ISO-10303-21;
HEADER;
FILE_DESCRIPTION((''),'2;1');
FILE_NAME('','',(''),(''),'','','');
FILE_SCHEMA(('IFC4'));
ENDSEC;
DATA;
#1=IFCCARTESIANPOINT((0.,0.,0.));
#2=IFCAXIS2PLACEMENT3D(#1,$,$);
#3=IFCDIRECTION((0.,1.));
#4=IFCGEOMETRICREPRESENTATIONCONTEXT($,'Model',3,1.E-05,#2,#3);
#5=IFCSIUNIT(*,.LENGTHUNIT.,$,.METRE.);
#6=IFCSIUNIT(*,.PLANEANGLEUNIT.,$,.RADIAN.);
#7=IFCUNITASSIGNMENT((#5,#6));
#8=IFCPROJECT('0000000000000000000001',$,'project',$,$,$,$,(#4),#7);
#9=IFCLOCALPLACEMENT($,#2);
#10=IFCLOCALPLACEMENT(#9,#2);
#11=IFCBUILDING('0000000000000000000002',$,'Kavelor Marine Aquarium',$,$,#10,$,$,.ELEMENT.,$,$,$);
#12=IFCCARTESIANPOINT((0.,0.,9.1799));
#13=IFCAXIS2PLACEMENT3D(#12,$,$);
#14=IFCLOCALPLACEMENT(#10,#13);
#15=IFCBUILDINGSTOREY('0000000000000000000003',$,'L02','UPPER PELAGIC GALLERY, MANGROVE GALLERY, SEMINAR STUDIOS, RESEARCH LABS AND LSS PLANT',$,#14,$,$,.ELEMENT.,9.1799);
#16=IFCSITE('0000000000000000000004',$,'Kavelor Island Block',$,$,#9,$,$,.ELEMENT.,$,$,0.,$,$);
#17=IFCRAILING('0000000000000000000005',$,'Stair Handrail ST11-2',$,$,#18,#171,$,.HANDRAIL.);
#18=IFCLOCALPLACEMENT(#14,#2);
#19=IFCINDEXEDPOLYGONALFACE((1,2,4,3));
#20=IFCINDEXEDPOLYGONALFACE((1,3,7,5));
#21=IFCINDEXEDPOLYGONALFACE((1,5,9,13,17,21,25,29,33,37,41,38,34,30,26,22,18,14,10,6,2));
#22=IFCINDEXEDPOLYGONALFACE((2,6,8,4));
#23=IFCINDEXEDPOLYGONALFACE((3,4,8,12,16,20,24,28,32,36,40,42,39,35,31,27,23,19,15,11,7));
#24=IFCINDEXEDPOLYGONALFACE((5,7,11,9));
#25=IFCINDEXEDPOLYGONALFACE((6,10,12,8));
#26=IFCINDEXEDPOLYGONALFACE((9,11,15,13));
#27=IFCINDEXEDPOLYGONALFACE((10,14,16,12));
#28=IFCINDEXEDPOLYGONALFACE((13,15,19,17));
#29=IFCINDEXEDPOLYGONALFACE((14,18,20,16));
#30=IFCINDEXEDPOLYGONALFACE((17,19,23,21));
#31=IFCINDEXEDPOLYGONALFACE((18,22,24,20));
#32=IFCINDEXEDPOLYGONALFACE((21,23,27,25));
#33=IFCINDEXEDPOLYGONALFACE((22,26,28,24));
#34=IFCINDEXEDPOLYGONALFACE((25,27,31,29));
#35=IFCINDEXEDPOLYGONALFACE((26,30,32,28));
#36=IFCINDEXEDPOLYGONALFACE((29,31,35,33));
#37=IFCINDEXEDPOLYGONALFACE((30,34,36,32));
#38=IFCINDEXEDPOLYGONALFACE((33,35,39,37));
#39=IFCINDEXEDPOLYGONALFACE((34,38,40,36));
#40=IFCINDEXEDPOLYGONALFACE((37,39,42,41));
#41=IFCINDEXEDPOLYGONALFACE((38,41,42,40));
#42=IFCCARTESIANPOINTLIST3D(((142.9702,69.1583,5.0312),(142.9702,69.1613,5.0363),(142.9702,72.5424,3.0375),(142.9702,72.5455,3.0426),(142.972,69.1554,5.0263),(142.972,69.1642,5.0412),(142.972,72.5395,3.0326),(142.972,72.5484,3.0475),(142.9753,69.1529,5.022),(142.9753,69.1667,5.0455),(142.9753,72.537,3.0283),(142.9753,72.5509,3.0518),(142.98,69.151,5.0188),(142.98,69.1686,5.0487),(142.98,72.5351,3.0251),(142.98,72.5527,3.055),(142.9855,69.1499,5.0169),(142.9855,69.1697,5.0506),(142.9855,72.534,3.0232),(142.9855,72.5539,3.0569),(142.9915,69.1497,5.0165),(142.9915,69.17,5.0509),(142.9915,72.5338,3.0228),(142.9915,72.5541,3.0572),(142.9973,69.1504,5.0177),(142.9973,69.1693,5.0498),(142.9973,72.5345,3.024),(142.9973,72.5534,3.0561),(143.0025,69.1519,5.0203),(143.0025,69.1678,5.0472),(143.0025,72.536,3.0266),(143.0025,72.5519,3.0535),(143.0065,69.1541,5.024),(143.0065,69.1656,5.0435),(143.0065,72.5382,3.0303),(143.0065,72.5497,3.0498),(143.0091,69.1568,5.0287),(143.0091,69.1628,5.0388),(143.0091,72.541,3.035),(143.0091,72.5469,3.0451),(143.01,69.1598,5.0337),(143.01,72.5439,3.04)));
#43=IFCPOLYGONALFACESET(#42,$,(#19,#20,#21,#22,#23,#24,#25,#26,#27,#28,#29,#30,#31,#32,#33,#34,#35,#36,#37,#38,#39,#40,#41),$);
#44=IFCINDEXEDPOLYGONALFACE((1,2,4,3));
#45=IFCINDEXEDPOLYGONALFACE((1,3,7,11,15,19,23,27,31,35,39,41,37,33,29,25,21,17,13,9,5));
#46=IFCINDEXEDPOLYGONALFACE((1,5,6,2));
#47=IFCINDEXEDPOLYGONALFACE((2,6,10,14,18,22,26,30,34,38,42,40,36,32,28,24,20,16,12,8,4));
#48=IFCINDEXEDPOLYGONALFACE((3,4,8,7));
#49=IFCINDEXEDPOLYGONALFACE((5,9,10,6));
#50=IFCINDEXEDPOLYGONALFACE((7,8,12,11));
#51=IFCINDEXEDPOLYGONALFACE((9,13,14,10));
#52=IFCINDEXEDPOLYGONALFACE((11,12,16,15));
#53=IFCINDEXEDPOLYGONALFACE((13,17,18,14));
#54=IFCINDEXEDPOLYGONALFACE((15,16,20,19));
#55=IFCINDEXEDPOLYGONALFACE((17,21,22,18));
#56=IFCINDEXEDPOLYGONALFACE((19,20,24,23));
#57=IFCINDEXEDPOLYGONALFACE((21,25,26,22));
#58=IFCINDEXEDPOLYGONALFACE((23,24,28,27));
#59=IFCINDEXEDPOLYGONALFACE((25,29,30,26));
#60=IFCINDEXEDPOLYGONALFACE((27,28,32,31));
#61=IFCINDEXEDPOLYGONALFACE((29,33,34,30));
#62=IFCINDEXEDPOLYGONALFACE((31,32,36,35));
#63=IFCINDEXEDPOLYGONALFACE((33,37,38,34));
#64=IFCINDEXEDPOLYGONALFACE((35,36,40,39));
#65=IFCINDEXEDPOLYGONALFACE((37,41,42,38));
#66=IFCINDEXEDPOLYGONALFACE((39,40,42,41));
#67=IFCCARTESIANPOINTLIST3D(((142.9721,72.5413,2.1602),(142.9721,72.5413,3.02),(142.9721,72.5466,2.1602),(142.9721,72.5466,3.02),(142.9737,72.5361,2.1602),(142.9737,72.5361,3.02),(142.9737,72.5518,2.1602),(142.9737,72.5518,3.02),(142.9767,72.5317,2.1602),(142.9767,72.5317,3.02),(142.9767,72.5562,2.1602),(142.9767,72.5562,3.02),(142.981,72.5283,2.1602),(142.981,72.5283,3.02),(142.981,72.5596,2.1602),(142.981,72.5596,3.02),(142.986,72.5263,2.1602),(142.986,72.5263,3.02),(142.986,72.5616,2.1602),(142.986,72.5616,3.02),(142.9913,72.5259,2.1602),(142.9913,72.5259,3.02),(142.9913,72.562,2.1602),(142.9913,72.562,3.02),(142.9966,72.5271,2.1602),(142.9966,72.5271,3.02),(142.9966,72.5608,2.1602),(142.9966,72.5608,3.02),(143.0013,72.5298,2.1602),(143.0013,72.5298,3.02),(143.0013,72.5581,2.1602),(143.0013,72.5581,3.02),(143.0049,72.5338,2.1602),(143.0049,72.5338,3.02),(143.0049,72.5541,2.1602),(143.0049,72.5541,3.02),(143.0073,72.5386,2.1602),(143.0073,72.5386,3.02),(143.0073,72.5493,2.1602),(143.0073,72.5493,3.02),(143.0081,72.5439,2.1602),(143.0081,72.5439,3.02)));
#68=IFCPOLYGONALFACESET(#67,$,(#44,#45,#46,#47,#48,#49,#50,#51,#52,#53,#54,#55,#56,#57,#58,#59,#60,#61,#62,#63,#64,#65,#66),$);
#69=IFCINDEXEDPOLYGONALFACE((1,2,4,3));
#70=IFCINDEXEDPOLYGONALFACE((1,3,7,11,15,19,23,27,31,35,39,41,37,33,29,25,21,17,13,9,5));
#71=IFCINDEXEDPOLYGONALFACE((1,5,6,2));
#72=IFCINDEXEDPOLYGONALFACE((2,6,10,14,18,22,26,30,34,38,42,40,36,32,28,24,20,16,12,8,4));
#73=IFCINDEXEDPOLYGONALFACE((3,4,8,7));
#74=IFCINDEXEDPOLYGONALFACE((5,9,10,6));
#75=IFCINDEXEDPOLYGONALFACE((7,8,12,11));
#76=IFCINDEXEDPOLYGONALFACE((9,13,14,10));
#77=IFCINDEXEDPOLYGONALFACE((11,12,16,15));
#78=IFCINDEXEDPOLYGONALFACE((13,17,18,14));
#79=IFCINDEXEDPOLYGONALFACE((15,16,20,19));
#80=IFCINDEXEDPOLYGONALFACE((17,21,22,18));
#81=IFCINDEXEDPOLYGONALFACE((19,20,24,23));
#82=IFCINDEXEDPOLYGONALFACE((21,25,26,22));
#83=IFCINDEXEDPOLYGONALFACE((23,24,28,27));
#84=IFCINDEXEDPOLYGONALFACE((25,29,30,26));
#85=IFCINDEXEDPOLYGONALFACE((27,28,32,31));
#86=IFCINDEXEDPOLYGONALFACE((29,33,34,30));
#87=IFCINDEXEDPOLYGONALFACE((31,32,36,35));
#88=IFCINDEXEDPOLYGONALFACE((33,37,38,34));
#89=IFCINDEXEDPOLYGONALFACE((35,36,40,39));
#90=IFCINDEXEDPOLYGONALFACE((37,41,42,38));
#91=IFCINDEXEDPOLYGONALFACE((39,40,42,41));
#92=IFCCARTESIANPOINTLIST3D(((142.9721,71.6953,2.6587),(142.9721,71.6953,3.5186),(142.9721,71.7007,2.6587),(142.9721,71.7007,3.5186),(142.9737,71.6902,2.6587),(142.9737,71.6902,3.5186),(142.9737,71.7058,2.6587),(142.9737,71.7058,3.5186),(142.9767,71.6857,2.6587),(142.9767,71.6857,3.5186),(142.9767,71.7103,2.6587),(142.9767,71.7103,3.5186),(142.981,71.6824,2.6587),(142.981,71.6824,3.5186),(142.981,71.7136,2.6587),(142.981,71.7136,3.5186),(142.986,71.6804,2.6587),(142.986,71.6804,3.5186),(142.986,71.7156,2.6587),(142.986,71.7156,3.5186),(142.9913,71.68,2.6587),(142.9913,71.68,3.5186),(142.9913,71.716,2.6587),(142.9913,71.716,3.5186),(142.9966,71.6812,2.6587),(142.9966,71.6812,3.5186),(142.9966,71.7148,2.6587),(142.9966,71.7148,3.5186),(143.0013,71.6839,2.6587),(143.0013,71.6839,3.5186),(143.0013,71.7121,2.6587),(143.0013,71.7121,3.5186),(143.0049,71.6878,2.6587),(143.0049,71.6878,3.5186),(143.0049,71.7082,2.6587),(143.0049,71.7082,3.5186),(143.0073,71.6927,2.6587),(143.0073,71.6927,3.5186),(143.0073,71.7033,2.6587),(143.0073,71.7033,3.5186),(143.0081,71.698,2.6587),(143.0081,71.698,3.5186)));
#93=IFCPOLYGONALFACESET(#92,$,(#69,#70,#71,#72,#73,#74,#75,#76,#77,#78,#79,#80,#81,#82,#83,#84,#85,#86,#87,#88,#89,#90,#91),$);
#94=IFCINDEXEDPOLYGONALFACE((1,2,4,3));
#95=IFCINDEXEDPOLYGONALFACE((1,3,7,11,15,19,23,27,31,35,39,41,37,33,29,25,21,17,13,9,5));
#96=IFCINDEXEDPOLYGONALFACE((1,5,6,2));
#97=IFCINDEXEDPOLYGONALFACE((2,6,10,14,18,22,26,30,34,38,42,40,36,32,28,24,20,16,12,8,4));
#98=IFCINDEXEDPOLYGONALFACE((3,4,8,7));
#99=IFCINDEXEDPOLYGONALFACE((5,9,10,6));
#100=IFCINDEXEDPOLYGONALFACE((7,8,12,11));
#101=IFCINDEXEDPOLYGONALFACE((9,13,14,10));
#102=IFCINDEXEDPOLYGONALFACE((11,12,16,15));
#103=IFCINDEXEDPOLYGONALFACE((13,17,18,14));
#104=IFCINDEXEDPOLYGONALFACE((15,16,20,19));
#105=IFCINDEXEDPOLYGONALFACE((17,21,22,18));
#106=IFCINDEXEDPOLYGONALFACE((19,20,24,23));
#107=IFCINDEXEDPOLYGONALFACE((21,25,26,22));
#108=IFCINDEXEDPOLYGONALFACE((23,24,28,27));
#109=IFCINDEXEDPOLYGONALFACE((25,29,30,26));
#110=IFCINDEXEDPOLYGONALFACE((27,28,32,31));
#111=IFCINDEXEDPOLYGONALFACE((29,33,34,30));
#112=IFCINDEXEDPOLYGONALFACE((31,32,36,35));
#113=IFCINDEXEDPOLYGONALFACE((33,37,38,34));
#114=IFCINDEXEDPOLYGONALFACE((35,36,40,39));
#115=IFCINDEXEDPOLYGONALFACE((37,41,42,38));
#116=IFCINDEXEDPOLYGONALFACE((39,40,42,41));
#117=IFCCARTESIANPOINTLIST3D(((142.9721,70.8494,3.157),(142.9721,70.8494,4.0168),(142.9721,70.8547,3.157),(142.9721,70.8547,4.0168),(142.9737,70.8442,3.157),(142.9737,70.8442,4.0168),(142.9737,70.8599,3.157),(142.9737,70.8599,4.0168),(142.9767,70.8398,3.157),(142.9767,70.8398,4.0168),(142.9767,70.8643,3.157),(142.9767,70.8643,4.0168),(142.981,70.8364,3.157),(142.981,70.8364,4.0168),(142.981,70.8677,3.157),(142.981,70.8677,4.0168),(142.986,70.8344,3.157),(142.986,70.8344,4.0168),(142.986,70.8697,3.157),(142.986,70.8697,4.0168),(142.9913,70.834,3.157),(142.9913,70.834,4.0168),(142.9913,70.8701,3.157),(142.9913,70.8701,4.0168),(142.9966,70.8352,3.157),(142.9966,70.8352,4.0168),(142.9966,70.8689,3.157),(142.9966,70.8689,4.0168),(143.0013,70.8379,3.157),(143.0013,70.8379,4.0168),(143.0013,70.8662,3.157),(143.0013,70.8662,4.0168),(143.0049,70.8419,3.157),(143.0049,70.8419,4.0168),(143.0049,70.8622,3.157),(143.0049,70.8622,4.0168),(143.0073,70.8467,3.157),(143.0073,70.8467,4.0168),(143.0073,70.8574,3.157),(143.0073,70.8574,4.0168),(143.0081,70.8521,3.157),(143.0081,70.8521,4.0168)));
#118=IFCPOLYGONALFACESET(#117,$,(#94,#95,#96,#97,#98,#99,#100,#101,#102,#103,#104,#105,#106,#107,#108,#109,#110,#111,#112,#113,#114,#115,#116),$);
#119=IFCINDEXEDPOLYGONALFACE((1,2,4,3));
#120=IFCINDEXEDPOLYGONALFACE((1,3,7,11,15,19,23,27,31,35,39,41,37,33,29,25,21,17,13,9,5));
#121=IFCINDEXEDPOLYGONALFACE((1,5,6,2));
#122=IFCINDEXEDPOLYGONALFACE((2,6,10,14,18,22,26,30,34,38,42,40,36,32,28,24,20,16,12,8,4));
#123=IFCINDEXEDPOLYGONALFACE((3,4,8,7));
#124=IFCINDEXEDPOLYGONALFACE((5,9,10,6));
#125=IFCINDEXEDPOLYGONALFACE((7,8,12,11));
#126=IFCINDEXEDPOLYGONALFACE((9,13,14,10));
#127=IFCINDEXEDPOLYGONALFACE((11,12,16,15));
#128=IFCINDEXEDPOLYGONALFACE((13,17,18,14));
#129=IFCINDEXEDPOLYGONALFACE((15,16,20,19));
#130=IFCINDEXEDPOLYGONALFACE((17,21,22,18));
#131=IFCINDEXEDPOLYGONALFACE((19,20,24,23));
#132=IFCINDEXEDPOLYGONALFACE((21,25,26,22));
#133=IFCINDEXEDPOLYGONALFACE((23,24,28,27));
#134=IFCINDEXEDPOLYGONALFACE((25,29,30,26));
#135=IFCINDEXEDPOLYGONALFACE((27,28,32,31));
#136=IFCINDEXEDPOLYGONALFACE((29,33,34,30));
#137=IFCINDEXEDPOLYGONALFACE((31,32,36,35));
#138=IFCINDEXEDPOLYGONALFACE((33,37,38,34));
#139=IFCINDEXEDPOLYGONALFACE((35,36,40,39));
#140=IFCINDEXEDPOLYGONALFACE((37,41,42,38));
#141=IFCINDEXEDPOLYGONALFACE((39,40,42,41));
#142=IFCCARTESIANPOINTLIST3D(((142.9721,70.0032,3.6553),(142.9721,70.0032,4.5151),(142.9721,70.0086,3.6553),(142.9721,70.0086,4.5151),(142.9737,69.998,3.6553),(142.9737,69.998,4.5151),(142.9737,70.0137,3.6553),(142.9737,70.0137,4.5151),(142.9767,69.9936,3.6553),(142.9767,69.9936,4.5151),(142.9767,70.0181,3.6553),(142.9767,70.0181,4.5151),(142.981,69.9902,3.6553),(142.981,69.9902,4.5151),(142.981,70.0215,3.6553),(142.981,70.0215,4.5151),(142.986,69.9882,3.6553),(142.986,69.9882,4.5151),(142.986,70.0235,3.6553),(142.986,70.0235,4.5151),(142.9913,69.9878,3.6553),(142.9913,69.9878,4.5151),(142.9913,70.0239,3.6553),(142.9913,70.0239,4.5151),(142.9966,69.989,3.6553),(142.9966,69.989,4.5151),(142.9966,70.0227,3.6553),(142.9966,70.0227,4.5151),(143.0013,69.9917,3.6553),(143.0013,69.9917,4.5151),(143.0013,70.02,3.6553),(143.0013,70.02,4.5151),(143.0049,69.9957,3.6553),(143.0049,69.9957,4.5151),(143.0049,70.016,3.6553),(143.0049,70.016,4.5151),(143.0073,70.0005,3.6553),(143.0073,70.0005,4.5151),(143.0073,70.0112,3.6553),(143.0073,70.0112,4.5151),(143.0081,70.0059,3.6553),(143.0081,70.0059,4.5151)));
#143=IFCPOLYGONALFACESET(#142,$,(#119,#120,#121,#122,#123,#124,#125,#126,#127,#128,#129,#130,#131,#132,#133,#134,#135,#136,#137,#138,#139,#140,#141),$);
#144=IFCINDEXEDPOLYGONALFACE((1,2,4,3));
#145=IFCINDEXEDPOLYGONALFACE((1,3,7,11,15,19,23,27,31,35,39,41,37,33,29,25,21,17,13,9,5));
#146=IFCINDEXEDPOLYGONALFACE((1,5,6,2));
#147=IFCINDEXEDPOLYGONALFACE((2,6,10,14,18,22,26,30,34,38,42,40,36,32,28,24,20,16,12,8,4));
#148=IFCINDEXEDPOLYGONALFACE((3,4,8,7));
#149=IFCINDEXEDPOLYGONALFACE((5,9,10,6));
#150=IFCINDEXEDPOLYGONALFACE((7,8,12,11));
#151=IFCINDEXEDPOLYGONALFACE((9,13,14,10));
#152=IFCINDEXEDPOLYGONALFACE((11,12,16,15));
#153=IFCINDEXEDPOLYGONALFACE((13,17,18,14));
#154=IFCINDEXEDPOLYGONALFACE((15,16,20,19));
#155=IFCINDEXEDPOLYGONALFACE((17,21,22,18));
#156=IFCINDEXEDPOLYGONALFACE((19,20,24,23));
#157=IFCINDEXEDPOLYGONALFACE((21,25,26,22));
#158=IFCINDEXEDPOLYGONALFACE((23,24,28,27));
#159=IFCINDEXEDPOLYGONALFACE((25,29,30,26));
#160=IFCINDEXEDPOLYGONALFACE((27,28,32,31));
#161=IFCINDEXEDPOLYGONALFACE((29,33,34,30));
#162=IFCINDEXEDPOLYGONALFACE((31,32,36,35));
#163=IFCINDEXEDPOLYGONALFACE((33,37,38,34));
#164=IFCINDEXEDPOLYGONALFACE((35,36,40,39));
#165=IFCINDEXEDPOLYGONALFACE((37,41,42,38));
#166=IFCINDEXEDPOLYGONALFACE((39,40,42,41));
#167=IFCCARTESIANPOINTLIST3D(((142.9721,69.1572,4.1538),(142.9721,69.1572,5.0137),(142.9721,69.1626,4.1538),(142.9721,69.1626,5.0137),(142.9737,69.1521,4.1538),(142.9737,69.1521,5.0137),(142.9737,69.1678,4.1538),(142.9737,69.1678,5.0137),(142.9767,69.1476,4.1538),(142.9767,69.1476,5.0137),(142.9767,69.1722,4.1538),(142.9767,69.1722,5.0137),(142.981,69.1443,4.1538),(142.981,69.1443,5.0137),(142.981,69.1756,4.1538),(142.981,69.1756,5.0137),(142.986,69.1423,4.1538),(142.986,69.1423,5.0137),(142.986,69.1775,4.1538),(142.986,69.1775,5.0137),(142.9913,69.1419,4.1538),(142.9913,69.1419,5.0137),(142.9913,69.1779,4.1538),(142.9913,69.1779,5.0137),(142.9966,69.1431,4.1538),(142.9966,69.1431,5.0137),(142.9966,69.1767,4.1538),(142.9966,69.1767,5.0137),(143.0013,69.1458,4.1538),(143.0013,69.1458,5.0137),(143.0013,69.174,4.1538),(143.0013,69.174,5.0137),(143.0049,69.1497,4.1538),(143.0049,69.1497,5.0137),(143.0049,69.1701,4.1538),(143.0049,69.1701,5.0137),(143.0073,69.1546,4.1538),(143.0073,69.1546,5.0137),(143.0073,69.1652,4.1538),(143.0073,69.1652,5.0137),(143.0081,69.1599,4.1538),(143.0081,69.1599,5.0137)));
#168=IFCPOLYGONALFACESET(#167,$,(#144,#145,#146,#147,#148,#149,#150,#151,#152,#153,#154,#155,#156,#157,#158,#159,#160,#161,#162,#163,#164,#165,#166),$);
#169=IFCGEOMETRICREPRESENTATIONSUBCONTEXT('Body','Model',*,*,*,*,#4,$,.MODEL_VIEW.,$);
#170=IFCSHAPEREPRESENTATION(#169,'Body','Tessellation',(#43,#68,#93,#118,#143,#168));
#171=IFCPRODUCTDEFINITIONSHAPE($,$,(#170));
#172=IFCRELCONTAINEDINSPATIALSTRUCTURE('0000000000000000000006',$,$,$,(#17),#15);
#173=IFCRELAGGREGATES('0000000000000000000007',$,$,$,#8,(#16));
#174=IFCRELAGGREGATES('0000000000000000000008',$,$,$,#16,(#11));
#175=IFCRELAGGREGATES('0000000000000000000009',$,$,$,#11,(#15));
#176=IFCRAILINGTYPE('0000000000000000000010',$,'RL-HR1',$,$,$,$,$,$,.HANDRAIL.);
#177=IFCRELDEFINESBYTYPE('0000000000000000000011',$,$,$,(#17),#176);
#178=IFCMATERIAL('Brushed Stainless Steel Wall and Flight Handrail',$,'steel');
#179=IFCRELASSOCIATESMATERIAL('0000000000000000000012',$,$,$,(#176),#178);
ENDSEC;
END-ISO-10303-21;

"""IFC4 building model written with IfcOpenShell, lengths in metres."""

from ifc_helpers import new_model, si_unit, direction, frame, origin, origin_2d, place, context, subcontext, project, spatial, circle, extrude, material, type_object, element, save


model = new_model("IFC4")

# Units and contexts
model_context = context("Model", 3, precision=1e-05, world=origin(), true_north=direction((0.0, 1.0)))
body_context = subcontext(model_context, "Body", "Model", "MODEL_VIEW")
ifc_project = project(units=[si_unit("LENGTHUNIT", "METRE"), si_unit("PLANEANGLEUNIT", "RADIAN")], contexts=[model_context])

# Site, building, storey
site_placement = place(None, origin())
site = spatial("IfcSite", under=ifc_project, at=site_placement, Name="Kavelor Island Block", CompositionType="ELEMENT", RefElevation=0.0)
building_placement = place(site_placement, origin())
building = spatial("IfcBuilding", under=site, at=building_placement, Name="Kavelor Marine Aquarium", CompositionType="ELEMENT")
storey_placement = place(building_placement, frame((0.0, 0.0, 9.1799)))
storey = spatial("IfcBuildingStorey", under=building, at=storey_placement, Name="L02", Description="UPPER PELAGIC GALLERY, MANGROVE GALLERY, SEMINAR STUDIOS, RESEARCH LABS AND LSS PLANT", CompositionType="ELEMENT", Elevation=9.1799)

# Railing
ifc_material_1 = material(Name="Brushed Stainless Steel Wall and Flight Handrail", Category="steel")
railing_type_1 = type_object("IfcRailingType", Name="RL-HR1", PredefinedType="HANDRAIL", material=ifc_material_1)
railing_1_placement = place(storey_placement, frame((142.99, 72.5439, 2.1602)))
element("IfcRailing", 1, at=railing_1_placement, inside=storey, type_object=railing_type_1, Name="Stair Handrail ST11-2", PredefinedType="HANDRAIL", context=body_context, shape_type="SweptSolid", body=[
    extrude(circle(Radius=0.02, at=origin_2d()), frame((0.0, 0.0, 0.8799), z_axis=(0.0, -0.861595, 0.507596), x_axis=(1.0, 0.0, 0.0)), (0.0, 0.0, 1.0), 3.9277),
    extrude(circle(Radius=0.0181, at=origin_2d()), origin(), (0.0, 0.0, 1.0), 0.8599),
    extrude(circle(Radius=0.0181, at=origin_2d()), frame((0.0, -0.8459, 0.4985)), (0.0, 0.0, 1.0), 0.8599),
    extrude(circle(Radius=0.0181, at=origin_2d()), frame((0.0, -1.6919, 0.9968)), (0.0, 0.0, 1.0), 0.8599),
    extrude(circle(Radius=0.0181, at=origin_2d()), frame((0.0, -2.5381, 1.4951)), (0.0, 0.0, 1.0), 0.8599),
    extrude(circle(Radius=0.0181, at=origin_2d()), frame((0.0, -3.384, 1.9937)), (0.0, 0.0, 1.0), 0.8599),
])

save(model, "model.ifc")
